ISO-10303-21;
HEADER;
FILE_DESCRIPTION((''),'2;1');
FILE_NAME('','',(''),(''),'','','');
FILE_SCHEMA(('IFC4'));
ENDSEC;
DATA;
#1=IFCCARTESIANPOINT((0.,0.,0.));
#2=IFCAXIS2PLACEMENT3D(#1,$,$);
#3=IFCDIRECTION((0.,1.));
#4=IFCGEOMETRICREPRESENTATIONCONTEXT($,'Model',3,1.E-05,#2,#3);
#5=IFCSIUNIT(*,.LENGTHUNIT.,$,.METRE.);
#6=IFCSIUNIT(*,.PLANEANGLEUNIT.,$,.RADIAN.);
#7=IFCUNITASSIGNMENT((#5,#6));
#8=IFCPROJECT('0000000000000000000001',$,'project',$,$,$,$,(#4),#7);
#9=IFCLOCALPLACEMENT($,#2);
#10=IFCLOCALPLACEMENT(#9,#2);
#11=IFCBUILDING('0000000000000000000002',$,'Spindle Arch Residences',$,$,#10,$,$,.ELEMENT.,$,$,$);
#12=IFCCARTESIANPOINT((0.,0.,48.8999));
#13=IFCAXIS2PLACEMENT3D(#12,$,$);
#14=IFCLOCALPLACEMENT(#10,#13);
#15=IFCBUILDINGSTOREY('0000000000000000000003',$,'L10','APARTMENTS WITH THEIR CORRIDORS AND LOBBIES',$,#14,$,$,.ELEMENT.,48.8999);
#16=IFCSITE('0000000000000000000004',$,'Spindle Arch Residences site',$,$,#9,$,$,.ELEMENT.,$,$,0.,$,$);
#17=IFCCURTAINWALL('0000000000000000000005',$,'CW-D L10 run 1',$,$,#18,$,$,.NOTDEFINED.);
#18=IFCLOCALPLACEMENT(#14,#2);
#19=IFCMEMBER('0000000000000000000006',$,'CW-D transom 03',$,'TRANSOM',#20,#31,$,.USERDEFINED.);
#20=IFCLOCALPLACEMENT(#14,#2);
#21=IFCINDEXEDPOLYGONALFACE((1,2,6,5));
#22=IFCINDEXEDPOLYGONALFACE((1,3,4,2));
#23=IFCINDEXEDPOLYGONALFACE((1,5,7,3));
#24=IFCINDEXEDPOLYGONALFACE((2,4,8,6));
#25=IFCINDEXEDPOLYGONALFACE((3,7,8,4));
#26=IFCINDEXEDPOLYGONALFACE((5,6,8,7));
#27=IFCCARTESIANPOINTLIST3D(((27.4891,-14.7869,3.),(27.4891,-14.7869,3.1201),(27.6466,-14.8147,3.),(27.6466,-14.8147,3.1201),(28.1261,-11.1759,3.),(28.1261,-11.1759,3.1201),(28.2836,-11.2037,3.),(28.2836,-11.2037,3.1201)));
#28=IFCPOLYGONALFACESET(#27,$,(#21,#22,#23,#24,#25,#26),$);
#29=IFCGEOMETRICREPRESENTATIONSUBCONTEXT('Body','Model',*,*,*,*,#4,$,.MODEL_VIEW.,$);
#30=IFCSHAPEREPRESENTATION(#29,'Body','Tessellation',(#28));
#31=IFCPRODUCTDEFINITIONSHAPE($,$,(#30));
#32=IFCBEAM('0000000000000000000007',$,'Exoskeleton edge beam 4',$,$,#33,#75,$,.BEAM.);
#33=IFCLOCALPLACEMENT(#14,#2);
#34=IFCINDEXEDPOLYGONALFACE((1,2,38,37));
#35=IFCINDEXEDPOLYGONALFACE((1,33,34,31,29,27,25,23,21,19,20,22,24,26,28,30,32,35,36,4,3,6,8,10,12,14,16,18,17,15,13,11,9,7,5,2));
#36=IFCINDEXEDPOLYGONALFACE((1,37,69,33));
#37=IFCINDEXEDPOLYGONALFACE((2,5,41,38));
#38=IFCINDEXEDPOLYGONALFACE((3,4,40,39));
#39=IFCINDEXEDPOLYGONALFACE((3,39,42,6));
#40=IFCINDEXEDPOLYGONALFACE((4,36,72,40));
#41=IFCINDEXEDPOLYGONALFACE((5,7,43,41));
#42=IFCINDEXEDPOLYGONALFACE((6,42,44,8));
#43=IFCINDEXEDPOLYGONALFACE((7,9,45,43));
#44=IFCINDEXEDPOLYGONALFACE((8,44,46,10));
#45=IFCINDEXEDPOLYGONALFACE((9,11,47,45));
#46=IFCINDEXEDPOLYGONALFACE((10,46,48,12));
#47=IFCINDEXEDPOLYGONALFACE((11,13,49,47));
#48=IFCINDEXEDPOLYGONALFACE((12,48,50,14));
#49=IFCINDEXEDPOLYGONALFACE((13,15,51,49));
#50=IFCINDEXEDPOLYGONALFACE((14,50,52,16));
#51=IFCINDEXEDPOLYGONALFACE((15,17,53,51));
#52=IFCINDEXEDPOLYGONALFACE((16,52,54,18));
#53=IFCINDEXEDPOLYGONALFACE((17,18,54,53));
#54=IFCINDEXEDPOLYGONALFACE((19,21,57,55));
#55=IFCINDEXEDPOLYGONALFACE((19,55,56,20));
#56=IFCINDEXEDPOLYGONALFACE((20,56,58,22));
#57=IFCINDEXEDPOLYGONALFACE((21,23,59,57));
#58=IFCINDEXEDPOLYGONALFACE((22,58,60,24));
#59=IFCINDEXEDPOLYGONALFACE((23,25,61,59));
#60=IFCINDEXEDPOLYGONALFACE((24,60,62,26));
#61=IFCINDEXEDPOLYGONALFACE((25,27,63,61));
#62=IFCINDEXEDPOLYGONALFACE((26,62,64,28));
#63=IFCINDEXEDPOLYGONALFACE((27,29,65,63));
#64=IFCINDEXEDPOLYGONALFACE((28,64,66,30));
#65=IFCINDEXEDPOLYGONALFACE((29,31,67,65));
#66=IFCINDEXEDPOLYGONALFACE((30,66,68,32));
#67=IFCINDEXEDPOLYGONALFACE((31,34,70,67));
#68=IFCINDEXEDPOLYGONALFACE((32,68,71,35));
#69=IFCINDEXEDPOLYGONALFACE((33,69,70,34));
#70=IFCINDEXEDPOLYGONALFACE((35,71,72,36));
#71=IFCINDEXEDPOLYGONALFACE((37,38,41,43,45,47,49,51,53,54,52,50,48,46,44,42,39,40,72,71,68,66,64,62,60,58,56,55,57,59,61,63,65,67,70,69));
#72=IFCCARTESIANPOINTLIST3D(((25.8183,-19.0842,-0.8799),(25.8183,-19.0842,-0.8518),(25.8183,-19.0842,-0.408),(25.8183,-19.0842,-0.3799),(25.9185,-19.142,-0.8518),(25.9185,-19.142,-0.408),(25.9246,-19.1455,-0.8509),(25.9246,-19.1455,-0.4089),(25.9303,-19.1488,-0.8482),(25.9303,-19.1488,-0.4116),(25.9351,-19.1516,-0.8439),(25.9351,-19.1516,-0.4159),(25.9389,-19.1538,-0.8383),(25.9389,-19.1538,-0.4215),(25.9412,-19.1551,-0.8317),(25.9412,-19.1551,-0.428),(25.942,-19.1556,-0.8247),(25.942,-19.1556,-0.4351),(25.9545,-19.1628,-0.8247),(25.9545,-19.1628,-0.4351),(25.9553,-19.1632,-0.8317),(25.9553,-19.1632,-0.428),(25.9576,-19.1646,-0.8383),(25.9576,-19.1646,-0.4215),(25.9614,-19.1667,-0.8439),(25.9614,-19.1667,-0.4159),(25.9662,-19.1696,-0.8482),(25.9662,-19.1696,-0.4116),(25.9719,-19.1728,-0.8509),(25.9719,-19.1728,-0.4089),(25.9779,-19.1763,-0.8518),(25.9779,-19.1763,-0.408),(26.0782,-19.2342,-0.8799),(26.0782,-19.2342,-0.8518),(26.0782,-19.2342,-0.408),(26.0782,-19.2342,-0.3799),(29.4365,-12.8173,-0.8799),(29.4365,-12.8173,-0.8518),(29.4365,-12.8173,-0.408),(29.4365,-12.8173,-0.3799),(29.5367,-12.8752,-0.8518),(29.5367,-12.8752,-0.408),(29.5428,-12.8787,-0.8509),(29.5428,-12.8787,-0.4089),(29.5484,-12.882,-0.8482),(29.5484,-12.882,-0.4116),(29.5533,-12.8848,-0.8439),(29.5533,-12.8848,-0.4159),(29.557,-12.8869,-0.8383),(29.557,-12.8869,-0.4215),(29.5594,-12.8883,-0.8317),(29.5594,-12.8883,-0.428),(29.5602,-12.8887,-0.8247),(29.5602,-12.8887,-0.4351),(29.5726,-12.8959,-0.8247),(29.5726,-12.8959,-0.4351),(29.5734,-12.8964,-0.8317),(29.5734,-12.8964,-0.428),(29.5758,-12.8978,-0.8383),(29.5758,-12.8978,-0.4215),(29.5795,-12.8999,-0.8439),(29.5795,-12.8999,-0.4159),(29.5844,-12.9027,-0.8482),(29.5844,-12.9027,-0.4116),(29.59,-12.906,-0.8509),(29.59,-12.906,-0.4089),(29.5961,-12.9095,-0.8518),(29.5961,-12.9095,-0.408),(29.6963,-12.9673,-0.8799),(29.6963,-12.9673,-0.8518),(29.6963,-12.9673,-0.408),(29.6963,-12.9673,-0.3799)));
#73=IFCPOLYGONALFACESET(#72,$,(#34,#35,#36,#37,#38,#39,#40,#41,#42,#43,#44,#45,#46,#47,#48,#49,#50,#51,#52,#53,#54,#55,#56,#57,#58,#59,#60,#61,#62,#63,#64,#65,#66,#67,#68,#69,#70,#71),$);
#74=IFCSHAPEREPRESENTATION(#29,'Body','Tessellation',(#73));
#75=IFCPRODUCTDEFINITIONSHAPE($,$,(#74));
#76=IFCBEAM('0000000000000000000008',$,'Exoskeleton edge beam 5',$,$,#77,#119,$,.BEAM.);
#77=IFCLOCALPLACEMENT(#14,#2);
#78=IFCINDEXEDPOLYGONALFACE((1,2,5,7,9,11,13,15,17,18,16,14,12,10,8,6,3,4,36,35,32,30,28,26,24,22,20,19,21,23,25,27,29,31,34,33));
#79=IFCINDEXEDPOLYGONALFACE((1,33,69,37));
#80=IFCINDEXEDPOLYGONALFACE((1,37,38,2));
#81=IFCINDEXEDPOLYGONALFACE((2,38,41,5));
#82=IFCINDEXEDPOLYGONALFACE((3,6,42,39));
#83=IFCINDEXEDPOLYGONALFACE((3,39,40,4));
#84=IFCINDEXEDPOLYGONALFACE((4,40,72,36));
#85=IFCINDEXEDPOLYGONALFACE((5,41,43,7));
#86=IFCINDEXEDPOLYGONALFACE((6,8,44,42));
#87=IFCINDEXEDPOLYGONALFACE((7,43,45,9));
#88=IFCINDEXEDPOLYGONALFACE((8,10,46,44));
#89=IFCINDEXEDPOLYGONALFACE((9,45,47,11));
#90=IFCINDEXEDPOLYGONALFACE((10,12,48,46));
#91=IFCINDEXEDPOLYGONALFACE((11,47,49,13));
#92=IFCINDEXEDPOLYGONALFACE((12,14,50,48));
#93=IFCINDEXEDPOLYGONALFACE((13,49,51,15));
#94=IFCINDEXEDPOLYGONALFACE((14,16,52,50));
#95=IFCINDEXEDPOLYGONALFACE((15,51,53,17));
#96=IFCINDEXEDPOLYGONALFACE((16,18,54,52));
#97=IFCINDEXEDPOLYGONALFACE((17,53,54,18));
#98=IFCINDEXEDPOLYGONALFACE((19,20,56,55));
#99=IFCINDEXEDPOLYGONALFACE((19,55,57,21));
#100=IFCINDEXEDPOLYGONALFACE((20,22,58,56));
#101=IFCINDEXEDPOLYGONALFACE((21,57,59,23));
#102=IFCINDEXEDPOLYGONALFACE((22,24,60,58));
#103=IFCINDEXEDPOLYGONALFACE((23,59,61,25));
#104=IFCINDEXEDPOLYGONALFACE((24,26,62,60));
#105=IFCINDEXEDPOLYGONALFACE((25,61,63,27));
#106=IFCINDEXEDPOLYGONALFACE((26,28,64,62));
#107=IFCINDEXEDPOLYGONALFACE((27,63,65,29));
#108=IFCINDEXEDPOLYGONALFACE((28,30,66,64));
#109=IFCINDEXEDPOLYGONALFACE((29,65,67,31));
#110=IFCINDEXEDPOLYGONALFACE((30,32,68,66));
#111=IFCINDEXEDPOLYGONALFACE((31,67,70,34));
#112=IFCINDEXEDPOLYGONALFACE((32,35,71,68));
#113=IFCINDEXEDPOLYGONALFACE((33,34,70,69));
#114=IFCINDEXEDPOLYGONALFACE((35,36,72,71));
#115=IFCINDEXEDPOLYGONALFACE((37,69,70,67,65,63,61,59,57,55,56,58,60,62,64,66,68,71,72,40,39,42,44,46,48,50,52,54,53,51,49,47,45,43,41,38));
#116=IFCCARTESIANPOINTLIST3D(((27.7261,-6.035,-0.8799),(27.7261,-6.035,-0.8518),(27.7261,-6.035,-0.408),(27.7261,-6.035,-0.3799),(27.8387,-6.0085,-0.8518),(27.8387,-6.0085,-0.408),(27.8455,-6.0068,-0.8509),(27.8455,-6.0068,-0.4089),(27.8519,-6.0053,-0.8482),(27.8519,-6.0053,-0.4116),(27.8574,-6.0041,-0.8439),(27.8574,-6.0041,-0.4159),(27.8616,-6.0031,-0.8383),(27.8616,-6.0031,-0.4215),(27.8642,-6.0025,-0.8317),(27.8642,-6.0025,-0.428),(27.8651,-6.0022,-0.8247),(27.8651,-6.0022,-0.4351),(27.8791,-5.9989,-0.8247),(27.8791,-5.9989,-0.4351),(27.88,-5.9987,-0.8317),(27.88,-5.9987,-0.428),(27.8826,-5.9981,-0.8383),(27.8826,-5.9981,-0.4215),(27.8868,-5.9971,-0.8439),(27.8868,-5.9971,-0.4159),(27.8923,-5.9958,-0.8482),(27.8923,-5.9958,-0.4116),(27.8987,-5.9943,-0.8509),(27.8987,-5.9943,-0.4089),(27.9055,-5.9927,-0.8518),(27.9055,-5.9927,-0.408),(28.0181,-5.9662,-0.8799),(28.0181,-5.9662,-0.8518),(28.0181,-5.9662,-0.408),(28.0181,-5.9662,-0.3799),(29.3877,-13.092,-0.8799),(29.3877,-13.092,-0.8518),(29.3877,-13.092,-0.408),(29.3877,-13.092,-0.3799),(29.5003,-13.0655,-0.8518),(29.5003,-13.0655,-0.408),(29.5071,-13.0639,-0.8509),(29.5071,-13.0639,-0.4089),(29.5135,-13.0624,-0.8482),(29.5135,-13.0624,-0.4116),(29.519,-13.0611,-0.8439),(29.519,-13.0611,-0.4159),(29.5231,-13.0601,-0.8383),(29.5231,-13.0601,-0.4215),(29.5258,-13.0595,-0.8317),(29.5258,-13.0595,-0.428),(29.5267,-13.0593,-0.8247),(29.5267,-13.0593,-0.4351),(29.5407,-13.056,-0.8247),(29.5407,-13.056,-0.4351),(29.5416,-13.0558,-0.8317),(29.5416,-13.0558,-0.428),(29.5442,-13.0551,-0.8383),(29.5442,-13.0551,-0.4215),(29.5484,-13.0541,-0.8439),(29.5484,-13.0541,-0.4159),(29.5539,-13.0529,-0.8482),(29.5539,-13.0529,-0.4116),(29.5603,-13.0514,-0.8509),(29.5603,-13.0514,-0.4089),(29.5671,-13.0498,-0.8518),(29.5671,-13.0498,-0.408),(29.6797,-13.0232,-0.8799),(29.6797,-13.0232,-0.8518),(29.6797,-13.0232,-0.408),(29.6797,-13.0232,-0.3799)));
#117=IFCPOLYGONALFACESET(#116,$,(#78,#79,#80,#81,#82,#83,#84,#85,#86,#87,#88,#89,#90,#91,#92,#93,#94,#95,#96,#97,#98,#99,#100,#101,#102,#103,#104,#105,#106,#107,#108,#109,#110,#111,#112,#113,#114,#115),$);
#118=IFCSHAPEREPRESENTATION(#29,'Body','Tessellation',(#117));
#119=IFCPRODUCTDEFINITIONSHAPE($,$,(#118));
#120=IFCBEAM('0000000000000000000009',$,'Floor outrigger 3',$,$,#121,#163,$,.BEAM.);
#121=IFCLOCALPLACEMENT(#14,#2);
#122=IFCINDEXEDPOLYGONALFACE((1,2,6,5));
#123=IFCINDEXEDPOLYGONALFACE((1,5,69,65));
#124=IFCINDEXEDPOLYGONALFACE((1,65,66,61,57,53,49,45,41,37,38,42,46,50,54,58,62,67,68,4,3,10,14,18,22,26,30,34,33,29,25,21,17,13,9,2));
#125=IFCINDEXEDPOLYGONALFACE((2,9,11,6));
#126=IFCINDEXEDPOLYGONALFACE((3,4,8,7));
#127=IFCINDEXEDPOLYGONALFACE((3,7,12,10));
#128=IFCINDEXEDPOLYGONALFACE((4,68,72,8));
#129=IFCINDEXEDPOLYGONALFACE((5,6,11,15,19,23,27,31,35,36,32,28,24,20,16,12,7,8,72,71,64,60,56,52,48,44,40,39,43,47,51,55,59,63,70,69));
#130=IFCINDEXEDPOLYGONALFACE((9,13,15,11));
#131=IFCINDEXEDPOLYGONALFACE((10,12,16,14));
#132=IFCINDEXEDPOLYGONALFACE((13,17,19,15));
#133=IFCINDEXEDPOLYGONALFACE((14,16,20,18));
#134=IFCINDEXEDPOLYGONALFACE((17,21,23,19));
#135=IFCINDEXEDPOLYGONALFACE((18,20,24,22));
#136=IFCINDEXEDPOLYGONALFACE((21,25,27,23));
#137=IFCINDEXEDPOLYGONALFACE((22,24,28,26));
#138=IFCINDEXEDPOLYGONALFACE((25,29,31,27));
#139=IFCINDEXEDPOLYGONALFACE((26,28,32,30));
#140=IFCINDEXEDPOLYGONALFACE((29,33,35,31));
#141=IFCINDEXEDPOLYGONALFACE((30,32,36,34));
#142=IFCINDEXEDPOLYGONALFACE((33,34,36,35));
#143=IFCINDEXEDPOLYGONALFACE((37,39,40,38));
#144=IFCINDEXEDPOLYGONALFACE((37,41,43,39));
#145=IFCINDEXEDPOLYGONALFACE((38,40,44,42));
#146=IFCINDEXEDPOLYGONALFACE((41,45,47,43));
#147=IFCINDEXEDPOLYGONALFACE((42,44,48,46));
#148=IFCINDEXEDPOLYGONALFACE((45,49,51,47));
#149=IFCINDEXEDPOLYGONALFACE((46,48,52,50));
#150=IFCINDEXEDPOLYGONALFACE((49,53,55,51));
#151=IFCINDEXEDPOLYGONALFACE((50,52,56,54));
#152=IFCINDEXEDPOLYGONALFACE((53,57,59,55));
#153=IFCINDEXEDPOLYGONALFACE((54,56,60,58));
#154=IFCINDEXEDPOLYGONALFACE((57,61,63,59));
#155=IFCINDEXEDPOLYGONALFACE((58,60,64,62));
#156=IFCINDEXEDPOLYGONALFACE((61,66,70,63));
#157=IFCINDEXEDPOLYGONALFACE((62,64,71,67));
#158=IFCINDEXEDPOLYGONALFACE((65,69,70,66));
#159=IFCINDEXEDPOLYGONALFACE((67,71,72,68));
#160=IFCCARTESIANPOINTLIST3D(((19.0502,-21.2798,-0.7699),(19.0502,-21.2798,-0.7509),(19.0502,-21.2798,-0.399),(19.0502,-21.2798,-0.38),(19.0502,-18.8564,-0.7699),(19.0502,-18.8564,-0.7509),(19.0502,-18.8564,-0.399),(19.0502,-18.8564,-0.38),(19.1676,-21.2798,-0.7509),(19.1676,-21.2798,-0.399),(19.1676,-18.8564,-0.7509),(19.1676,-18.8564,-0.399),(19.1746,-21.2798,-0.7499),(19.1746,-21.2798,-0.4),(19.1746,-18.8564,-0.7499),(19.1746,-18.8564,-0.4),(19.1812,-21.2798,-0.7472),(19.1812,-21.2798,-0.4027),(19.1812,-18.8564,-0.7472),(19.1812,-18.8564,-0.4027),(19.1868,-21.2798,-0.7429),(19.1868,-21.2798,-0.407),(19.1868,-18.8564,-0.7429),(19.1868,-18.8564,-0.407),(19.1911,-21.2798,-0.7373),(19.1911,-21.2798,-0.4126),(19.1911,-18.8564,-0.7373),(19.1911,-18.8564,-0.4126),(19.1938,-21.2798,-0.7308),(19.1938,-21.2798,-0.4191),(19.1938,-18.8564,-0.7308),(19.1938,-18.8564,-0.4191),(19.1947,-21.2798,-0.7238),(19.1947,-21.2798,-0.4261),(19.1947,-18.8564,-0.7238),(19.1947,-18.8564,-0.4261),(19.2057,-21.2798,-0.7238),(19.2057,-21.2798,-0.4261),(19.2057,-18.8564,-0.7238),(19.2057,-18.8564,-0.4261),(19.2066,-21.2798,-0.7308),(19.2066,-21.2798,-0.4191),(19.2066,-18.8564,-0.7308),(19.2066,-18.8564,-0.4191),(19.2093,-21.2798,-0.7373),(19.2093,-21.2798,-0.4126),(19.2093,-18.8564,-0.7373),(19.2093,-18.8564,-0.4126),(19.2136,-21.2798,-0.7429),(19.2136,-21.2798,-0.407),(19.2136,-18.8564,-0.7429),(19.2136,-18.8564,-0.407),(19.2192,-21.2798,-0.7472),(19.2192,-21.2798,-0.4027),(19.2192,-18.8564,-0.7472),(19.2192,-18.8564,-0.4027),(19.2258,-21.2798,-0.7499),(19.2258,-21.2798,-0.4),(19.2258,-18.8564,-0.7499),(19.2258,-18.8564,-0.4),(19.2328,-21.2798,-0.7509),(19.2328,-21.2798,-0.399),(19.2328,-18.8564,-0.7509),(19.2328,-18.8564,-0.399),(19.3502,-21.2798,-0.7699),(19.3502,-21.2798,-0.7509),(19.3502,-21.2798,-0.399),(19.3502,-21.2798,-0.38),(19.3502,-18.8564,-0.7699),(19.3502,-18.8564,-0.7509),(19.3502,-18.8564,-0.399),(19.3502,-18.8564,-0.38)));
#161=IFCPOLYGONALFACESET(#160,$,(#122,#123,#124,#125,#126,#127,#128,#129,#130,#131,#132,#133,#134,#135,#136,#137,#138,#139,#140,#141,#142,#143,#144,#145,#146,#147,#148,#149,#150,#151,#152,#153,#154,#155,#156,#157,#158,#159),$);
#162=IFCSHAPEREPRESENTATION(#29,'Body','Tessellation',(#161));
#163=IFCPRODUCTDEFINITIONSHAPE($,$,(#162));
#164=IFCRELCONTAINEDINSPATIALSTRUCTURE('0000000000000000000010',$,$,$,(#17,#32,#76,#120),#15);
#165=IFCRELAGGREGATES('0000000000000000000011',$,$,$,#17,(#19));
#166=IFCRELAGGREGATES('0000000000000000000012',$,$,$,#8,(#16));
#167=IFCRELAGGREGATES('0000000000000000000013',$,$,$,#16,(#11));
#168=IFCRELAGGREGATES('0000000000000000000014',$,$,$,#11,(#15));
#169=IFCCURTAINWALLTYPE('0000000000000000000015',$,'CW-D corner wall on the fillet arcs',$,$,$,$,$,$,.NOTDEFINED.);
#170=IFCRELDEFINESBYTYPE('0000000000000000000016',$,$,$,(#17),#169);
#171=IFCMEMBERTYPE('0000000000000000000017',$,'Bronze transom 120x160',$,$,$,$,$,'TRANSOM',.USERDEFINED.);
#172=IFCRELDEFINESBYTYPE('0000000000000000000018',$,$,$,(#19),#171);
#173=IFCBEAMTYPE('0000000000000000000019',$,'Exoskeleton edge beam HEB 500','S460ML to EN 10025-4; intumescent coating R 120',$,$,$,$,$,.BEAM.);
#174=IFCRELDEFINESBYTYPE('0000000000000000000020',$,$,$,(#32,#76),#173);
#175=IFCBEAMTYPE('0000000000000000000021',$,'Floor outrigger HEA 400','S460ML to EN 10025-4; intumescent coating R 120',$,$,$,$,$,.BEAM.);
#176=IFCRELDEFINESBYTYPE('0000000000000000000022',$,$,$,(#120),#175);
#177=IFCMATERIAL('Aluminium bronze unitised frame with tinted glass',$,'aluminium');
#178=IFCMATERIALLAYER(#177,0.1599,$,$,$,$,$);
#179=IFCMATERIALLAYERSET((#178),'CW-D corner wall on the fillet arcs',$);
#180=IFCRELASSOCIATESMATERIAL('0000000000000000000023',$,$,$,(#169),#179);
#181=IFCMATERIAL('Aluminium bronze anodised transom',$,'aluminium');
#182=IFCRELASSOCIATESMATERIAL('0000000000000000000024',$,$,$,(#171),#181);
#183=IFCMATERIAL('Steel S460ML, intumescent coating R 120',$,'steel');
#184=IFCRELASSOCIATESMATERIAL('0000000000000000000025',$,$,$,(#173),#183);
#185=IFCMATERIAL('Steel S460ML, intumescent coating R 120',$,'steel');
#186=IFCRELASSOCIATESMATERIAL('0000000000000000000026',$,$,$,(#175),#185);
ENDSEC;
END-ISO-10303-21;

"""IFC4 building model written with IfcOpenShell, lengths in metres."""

from ifc_helpers import new_model, si_unit, direction, frame, origin, origin_2d, place, context, subcontext, project, spatial, rectangle, i_section, extrude, material, layer, layer_set, material_profile, profile_set, type_object, element, aggregate, save


model = new_model("IFC4")

# Units and contexts
model_context = context("Model", 3, precision=1e-05, world=origin(), true_north=direction((0.0, 1.0)))
body_context = subcontext(model_context, "Body", "Model", "MODEL_VIEW")
ifc_project = project(units=[si_unit("LENGTHUNIT", "METRE"), si_unit("PLANEANGLEUNIT", "RADIAN")], contexts=[model_context])

# Site, building, storey
site_placement = place(None, origin())
site = spatial("IfcSite", under=ifc_project, at=site_placement, Name="Spindle Arch Residences site", CompositionType="ELEMENT", RefElevation=0.0)
building_placement = place(site_placement, origin())
building = spatial("IfcBuilding", under=site, at=building_placement, Name="Spindle Arch Residences", CompositionType="ELEMENT")
storey_placement = place(building_placement, frame((0.0, 0.0, 48.8999)))
storey = spatial("IfcBuildingStorey", under=building, at=storey_placement, Name="L10", Description="APARTMENTS WITH THEIR CORRIDORS AND LOBBIES", CompositionType="ELEMENT", Elevation=48.8999)

# Curtain wall, member
ifc_material_1 = material(Name="Aluminium bronze unitised frame with tinted glass", Category="aluminium")
ifc_layer_1 = layer(ifc_material_1, 0.1599)
ifc_layer_set_1 = layer_set([ifc_layer_1], Name="CW-D corner wall on the fillet arcs")
curtain_wall_type = type_object("IfcCurtainWallType", Name="CW-D corner wall on the fillet arcs", PredefinedType="NOTDEFINED", material=ifc_layer_set_1)
curtain_wall_placement = place(storey_placement, origin())
curtain_wall = element("IfcCurtainWall", 1, at=curtain_wall_placement, inside=storey, type_object=curtain_wall_type, Name="CW-D L10 run 1", PredefinedType="NOTDEFINED")
ifc_material_2 = material(Name="Aluminium bronze anodised transom", Category="aluminium")
ifc_material_profile_1 = material_profile(ifc_material_2, rectangle(XDim=0.1599, YDim=0.1201, at=origin_2d()), Name="TR 120x160")
ifc_profile_set_1 = profile_set([ifc_material_profile_1], Name="Aluminium bronze anodised transom")
member_type_1 = type_object("IfcMemberType", Name="Bronze transom 120x160", ElementType="TRANSOM", PredefinedType="USERDEFINED", material=ifc_profile_set_1)
member_1_placement = place(storey_placement, frame((27.5679, -14.8008, 3.0601), z_axis=(0.173709, 0.984797, 0.0), x_axis=(-0.984797, 0.173709, 0.0)))
member_1 = element("IfcMember", 2, at=member_1_placement, type_object=member_type_1, Name="CW-D transom 03", ObjectType="TRANSOM", PredefinedType="USERDEFINED", context=body_context, shape_type="SweptSolid", body=[
    extrude(rectangle(XDim=0.1599, YDim=0.1201, at=origin_2d()), origin(), (0.0, 0.0, 1.0), 3.6667),
])

# Beams
ifc_material_3 = material(Name="Steel S460ML, intumescent coating R 120", Category="steel")
ifc_material_profile_2 = material_profile(ifc_material_3, i_section(OverallWidth=0.3, OverallDepth=0.5, WebThickness=0.0144, FlangeThickness=0.0281, FilletRadius=0.0271, at=origin_2d()), Name="HEB 500")
ifc_profile_set_2 = profile_set([ifc_material_profile_2], Name="Steel S460ML, intumescent coating R 120")
beam_type_1 = type_object("IfcBeamType", Name="Exoskeleton edge beam HEB 500", Description="S460ML to EN 10025-4; intumescent coating R 120", PredefinedType="BEAM", material=ifc_profile_set_2)
beam_1_placement = place(storey_placement, frame((25.9482, -19.1592, -0.6299), z_axis=(0.5, 0.866025, 0.0), x_axis=(-0.866025, 0.5, 0.0)))
element("IfcBeam", 3, at=beam_1_placement, inside=storey, type_object=beam_type_1, Name="Exoskeleton edge beam 4", PredefinedType="BEAM", context=body_context, shape_type="SweptSolid", body=[
    extrude(i_section(OverallWidth=0.3, OverallDepth=0.5, WebThickness=0.0144, FlangeThickness=0.0281, FilletRadius=0.0271, at=origin_2d()), origin(), (0.0, 0.0, 1.0), 7.2363),
])
beam_2_placement = place(storey_placement, frame((29.5337, -13.0576, -0.6299), z_axis=(-0.229186, 0.973383, 0.0), x_axis=(-0.973383, -0.229186, 0.0)))
element("IfcBeam", 4, at=beam_2_placement, inside=storey, type_object=beam_type_1, Name="Exoskeleton edge beam 5", PredefinedType="BEAM", context=body_context, shape_type="SweptSolid", body=[
    extrude(i_section(OverallWidth=0.3, OverallDepth=0.5, WebThickness=0.0144, FlangeThickness=0.0281, FilletRadius=0.0271, at=origin_2d()), origin(), (0.0, 0.0, 1.0), 7.25),
])
ifc_material_4 = material(Name="Steel S460ML, intumescent coating R 120", Category="steel")
ifc_material_profile_3 = material_profile(ifc_material_4, i_section(OverallWidth=0.3, OverallDepth=0.3899, WebThickness=0.011, FlangeThickness=0.019, FilletRadius=0.0271, at=origin_2d()), Name="HEA 400")
ifc_profile_set_3 = profile_set([ifc_material_profile_3], Name="Steel S460ML, intumescent coating R 120")
beam_type_2 = type_object("IfcBeamType", Name="Floor outrigger HEA 400", Description="S460ML to EN 10025-4; intumescent coating R 120", PredefinedType="BEAM", material=ifc_profile_set_3)
beam_3_placement = place(storey_placement, frame((19.2002, -21.2798, -0.575), z_axis=(0.0, 1.0, 0.0), x_axis=(-1.0, 0.0, 0.0)))
element("IfcBeam", 5, at=beam_3_placement, inside=storey, type_object=beam_type_2, Name="Floor outrigger 3", PredefinedType="BEAM", context=body_context, shape_type="SweptSolid", body=[
    extrude(i_section(OverallWidth=0.3, OverallDepth=0.3899, WebThickness=0.011, FlangeThickness=0.019, FilletRadius=0.0271, at=origin_2d()), origin(), (0.0, 0.0, 1.0), 2.4233),
])

aggregate(curtain_wall, [member_1])

save(model, "model.ifc")
